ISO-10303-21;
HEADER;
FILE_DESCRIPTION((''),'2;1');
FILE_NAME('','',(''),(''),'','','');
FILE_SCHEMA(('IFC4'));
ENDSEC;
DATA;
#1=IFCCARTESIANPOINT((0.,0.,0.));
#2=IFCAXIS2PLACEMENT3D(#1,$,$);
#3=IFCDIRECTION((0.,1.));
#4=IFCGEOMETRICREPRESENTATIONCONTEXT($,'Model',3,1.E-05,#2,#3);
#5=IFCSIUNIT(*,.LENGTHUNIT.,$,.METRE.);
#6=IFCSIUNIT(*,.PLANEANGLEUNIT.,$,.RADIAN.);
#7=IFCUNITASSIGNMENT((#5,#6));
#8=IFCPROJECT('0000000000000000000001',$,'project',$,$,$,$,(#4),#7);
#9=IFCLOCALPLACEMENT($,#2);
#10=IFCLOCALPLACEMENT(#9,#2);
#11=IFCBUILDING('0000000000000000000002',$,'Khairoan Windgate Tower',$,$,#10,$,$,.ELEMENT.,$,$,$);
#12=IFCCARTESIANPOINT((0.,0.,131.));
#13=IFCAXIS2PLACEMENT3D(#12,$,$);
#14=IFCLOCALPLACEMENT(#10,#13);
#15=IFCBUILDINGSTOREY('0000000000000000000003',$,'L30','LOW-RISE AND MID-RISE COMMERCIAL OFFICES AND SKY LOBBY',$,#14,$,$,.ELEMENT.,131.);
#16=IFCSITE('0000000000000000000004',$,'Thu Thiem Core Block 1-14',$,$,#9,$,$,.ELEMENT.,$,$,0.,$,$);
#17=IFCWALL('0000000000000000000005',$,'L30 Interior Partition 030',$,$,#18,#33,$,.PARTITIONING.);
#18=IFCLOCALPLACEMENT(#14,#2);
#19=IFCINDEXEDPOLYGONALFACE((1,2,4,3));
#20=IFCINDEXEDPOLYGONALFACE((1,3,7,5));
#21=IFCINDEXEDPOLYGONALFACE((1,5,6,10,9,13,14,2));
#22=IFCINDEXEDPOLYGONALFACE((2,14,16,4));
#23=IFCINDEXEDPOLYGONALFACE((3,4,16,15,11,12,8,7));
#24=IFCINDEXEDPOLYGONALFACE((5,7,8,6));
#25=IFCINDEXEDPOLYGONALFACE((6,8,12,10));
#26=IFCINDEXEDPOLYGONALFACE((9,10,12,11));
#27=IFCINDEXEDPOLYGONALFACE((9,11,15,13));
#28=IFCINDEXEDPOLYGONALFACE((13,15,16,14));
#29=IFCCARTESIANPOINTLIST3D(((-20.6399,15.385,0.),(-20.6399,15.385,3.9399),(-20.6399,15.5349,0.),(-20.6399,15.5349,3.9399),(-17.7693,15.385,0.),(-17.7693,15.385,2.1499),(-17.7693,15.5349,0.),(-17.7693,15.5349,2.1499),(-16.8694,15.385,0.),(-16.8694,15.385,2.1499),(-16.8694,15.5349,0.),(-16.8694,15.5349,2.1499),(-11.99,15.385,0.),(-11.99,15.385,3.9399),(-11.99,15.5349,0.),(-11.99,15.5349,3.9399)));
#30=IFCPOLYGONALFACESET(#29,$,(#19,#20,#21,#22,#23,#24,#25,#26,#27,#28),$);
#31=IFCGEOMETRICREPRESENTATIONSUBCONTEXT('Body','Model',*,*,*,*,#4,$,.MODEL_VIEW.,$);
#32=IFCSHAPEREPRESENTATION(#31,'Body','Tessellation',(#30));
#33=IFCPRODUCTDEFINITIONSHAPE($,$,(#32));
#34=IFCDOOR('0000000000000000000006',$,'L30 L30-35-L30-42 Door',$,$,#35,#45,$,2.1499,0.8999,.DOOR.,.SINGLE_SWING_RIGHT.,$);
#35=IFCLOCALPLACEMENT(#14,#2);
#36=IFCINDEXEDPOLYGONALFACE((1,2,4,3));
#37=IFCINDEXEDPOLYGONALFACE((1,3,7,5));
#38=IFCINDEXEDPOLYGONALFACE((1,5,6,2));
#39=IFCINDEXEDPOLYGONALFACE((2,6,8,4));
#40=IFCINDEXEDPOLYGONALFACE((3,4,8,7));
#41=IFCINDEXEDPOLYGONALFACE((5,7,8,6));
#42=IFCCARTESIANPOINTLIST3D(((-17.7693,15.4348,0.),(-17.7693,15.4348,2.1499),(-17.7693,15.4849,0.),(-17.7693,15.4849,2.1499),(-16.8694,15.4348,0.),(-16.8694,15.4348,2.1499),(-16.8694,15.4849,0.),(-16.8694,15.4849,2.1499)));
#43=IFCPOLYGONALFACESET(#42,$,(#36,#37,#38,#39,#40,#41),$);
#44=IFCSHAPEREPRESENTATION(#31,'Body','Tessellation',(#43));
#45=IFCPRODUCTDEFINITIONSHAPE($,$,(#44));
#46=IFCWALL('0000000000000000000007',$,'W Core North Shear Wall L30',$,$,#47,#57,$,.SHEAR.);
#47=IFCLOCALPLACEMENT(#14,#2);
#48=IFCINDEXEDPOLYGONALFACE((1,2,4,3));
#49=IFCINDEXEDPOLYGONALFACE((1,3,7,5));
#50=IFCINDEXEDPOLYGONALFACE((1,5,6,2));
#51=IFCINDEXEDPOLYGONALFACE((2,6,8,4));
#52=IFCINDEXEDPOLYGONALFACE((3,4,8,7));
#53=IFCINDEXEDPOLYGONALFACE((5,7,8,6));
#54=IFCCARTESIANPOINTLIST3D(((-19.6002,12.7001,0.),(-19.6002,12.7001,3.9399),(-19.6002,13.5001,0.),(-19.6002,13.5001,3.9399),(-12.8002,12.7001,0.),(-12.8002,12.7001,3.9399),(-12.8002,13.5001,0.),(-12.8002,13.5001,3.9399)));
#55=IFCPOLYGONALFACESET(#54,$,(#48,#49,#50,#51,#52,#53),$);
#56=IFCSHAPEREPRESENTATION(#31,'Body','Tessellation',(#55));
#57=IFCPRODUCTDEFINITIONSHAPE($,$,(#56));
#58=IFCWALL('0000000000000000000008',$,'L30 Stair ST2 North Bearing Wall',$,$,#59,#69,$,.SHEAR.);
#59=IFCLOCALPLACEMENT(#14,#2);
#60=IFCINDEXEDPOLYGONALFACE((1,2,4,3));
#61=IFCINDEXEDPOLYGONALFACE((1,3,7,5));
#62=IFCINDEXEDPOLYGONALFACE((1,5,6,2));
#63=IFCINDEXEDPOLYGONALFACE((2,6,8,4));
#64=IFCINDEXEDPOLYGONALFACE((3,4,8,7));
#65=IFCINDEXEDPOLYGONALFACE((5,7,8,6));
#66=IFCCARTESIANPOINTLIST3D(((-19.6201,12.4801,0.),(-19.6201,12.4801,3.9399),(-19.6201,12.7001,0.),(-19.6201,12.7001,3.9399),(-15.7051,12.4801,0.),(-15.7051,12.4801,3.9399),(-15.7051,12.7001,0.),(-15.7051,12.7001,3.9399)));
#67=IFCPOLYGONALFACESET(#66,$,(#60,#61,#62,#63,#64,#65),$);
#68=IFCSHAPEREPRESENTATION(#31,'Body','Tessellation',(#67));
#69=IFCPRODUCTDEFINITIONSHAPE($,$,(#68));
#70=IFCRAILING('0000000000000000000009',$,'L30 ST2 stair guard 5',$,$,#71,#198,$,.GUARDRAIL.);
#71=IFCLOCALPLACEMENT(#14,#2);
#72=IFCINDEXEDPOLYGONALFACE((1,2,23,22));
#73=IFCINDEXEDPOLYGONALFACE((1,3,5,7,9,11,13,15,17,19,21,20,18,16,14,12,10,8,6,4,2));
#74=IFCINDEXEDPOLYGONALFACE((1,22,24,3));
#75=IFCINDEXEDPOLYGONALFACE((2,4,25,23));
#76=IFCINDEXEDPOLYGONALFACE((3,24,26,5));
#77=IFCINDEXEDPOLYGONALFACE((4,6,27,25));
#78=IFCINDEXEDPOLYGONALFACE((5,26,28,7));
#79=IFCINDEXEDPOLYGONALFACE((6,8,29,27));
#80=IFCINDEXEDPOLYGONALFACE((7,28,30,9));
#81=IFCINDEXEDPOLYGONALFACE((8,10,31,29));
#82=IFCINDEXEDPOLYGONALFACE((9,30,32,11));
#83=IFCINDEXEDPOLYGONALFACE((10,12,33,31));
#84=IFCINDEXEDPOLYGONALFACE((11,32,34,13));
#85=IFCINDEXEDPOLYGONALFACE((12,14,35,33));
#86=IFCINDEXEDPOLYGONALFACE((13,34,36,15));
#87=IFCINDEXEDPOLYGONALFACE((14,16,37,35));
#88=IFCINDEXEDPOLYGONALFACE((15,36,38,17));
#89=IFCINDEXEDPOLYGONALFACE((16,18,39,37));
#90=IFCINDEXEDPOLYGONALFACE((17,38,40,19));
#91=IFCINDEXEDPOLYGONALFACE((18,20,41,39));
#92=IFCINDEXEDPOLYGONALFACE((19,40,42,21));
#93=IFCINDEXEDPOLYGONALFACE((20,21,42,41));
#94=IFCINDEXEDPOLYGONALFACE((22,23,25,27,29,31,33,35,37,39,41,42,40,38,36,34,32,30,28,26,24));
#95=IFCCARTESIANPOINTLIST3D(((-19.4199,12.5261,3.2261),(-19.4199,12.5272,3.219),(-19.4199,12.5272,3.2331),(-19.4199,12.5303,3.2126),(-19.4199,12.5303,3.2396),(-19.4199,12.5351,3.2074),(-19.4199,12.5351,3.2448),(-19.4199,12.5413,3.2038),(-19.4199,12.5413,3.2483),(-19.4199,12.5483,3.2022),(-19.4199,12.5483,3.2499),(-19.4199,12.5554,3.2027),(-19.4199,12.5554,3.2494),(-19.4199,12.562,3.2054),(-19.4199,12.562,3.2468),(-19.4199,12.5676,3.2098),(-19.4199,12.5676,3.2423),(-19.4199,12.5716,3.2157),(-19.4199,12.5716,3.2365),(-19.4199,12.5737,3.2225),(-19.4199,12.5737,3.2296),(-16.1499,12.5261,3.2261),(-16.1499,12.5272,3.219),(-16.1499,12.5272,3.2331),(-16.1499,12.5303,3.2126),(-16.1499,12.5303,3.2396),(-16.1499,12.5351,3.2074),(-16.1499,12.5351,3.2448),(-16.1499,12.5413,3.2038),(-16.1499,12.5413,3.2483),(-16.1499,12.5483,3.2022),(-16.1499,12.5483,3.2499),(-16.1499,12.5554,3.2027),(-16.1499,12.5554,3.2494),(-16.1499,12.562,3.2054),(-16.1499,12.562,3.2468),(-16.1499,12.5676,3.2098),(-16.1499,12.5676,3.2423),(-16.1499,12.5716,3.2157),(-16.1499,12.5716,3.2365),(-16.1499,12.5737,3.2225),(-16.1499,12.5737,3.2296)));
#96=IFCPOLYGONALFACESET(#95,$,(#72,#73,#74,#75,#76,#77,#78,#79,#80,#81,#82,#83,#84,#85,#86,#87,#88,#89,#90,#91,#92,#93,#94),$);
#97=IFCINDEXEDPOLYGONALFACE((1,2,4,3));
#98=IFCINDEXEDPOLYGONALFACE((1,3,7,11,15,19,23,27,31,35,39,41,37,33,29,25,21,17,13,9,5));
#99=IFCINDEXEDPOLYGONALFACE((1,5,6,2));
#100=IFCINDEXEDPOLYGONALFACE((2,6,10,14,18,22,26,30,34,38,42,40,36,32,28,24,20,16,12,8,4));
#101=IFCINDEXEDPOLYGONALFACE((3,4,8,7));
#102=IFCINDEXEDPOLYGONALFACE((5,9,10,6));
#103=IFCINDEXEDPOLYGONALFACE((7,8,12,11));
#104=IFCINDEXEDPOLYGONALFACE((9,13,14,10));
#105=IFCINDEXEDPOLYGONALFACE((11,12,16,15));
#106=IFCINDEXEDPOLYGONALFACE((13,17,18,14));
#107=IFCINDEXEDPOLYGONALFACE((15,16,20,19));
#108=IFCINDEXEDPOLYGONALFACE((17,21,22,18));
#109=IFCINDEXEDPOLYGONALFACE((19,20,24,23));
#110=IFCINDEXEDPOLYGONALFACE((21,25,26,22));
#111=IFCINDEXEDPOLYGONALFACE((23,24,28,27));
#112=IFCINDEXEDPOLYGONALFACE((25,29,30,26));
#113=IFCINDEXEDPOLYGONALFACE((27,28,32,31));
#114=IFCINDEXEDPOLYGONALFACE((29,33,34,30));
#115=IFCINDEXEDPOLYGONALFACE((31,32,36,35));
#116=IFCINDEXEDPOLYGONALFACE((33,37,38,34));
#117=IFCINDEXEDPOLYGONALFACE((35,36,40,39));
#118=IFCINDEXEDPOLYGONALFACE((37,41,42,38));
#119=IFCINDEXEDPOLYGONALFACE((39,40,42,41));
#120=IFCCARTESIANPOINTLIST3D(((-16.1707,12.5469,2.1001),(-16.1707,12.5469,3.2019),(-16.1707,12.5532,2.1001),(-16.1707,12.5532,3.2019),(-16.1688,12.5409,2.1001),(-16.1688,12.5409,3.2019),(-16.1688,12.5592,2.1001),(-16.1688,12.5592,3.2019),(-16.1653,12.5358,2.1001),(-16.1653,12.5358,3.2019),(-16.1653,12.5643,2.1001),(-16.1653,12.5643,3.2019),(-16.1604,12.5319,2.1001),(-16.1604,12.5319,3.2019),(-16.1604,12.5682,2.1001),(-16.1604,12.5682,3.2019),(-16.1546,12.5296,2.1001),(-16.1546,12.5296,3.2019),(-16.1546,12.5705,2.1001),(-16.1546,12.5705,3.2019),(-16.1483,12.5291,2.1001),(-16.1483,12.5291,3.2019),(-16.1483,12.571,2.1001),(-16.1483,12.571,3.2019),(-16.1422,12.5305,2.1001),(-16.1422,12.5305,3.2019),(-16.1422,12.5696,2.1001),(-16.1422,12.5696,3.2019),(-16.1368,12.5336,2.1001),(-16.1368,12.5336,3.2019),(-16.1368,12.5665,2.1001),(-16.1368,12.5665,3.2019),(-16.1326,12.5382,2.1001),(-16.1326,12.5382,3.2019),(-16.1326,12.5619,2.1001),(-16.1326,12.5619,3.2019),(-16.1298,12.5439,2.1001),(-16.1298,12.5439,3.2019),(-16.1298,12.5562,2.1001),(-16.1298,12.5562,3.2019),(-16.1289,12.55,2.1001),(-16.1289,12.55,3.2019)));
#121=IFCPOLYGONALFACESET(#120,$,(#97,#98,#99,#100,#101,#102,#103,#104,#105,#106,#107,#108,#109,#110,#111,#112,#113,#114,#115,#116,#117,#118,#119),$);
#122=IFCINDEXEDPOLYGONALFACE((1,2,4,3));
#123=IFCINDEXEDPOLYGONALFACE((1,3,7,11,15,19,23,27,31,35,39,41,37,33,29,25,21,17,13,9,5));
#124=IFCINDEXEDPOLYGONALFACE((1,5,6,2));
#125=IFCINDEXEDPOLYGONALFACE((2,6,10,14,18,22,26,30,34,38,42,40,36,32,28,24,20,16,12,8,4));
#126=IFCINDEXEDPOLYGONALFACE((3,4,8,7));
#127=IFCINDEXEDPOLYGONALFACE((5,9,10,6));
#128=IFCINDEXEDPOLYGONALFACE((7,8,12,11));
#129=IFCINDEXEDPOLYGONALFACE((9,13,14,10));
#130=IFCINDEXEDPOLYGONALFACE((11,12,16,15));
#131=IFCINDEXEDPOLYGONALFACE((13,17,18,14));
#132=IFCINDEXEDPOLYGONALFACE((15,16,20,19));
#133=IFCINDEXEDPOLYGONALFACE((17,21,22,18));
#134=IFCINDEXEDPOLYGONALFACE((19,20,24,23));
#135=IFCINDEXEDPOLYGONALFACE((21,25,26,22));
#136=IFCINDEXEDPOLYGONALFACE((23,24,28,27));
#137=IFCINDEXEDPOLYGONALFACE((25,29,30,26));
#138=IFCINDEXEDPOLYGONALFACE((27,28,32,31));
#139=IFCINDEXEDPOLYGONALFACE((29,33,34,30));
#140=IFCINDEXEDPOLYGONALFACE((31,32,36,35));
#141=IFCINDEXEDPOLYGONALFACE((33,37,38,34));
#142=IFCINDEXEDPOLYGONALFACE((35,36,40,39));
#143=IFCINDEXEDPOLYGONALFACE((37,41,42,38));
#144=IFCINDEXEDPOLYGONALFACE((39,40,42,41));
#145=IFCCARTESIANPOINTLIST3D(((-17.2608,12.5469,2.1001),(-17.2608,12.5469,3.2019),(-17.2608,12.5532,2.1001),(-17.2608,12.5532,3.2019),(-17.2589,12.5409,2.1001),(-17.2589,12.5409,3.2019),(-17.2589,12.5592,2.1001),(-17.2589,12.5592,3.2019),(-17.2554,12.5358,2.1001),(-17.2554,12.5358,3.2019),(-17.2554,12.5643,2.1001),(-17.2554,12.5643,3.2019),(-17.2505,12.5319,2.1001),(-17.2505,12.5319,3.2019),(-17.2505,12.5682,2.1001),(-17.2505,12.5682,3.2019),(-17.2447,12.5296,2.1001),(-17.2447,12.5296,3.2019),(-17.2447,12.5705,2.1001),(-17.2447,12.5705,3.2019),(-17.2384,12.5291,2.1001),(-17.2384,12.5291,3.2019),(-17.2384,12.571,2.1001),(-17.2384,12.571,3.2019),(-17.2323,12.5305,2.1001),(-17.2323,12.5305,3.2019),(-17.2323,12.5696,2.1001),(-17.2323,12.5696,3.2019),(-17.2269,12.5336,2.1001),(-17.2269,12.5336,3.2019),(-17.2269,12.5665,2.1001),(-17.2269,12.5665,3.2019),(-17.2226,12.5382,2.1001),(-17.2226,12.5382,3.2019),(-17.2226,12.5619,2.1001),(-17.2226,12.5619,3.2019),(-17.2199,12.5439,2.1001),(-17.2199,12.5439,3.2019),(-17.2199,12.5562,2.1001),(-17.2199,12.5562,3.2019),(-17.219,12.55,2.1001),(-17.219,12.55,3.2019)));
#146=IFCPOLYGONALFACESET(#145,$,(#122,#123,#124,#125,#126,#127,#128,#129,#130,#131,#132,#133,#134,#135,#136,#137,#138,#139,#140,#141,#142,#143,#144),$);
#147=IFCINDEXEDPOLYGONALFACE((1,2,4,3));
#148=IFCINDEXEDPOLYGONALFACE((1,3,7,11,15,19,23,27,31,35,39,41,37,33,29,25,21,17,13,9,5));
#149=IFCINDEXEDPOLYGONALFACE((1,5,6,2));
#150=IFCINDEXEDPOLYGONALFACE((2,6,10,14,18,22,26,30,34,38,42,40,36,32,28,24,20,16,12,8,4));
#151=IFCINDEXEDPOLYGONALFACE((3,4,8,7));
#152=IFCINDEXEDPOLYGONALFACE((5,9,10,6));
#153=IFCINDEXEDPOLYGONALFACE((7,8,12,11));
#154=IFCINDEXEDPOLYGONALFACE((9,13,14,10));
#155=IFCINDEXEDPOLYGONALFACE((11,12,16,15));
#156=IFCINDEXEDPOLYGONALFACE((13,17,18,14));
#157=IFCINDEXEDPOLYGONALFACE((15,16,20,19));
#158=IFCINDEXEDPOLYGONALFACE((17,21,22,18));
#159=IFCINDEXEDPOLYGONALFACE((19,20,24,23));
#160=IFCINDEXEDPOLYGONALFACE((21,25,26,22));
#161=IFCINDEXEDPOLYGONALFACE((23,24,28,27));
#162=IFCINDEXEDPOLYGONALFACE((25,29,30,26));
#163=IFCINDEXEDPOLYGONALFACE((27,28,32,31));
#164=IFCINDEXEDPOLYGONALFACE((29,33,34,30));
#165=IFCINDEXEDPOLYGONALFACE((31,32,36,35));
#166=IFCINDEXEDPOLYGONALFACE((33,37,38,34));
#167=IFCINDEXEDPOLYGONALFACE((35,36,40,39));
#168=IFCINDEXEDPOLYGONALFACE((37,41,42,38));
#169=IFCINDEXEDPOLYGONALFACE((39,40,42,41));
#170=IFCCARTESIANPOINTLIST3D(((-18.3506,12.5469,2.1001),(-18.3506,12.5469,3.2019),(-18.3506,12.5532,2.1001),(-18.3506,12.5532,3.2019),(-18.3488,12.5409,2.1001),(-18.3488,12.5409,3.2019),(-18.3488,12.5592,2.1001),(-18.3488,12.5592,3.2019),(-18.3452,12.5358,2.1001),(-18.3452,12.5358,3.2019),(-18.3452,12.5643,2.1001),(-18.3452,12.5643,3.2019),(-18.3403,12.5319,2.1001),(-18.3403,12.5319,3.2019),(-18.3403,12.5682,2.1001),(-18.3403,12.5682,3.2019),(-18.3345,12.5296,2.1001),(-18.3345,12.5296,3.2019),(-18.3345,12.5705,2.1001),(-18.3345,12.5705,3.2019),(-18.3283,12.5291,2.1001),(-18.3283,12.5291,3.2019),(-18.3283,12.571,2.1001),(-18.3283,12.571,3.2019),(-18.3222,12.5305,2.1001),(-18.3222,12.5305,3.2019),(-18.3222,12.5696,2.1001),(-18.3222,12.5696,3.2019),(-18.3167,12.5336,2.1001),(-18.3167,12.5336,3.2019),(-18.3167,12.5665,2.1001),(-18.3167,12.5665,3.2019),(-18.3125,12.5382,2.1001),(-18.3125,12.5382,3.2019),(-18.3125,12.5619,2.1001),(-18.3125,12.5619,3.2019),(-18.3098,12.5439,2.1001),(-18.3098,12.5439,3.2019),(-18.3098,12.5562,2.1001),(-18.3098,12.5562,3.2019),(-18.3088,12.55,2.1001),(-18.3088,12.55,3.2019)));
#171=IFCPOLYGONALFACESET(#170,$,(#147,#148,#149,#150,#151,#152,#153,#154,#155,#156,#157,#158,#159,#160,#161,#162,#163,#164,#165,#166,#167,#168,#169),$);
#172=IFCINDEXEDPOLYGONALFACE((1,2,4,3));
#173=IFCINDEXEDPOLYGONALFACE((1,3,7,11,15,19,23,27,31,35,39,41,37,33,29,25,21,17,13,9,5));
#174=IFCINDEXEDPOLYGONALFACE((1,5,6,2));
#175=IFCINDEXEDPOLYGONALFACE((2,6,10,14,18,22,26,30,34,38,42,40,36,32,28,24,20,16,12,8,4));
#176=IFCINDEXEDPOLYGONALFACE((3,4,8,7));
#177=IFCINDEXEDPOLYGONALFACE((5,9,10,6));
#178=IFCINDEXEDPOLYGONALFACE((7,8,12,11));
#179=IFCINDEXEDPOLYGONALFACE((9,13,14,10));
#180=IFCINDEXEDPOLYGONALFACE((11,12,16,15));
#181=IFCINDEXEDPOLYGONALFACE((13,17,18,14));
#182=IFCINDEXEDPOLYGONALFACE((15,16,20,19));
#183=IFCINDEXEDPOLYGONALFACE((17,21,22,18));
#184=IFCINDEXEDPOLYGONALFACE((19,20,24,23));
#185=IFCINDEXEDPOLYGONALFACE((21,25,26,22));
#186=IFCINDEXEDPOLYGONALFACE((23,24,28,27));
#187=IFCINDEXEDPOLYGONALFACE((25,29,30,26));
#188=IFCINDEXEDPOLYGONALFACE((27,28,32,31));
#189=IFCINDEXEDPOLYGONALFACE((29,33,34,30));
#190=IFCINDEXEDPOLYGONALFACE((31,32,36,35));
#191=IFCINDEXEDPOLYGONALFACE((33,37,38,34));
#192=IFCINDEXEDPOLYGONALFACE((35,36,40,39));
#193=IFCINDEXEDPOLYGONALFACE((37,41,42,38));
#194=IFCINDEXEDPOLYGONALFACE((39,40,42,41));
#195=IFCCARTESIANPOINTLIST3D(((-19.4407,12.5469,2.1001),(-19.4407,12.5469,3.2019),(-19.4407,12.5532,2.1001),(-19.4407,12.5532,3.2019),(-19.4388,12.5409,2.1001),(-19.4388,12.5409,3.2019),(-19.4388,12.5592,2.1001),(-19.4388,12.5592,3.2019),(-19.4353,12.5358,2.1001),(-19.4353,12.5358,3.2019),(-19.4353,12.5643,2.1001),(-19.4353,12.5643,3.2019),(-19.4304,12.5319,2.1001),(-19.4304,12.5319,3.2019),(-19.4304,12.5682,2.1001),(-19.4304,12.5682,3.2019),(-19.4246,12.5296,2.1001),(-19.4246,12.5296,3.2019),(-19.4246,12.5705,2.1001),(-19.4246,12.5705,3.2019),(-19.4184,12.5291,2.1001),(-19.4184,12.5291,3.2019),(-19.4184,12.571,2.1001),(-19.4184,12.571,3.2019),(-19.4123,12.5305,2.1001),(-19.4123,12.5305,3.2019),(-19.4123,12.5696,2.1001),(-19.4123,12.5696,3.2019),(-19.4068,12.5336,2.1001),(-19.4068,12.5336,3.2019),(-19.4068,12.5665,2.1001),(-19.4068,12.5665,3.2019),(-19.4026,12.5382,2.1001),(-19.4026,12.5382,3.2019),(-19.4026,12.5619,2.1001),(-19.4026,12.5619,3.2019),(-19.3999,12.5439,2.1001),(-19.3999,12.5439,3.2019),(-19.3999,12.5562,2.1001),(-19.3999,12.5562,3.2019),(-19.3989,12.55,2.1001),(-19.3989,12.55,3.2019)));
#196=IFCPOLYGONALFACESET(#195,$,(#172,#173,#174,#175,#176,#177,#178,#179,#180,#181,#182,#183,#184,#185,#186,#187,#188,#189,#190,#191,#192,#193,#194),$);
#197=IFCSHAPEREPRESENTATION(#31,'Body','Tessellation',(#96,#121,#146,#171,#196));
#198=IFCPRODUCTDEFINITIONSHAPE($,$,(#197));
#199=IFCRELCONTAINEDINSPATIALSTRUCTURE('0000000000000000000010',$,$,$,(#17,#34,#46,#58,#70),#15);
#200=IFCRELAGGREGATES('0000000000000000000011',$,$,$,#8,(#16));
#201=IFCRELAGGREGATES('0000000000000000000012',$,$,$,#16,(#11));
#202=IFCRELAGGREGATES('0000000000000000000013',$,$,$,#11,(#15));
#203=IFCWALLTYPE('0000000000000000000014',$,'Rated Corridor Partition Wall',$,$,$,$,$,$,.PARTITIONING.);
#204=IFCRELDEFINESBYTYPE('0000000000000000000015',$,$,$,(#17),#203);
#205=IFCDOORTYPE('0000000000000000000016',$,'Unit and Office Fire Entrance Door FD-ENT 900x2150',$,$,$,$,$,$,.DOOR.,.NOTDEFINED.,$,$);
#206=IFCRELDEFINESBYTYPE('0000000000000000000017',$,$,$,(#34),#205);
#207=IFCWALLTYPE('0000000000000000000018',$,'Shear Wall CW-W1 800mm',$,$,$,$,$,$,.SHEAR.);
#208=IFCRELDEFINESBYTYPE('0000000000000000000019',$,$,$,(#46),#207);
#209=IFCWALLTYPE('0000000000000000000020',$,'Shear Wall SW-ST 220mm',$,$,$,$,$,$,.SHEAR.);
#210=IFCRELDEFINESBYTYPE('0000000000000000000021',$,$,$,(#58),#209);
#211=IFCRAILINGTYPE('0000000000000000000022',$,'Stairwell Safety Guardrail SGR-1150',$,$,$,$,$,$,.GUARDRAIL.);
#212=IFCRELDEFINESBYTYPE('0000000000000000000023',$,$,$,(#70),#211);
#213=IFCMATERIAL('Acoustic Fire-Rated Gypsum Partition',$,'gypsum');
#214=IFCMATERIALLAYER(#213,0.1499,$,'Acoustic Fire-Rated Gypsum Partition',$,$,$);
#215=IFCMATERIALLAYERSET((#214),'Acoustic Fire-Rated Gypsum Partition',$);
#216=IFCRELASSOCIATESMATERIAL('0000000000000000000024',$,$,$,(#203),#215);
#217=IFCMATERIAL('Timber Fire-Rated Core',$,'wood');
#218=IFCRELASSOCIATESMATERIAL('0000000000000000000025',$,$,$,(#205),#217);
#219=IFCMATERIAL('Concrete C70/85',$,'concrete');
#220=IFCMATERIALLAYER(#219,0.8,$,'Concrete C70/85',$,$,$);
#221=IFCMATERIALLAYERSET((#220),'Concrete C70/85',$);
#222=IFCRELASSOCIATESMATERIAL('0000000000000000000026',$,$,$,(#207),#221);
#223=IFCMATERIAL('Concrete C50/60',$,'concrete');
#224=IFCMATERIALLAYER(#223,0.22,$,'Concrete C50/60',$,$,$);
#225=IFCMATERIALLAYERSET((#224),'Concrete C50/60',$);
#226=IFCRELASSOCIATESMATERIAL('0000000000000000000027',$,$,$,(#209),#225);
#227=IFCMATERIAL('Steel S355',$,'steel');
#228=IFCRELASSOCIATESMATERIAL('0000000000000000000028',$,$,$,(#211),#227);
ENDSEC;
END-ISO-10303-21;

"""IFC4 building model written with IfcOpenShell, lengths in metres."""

from ifc_helpers import new_model, si_unit, direction, frame, frame_2d, origin, origin_2d, place, context, subcontext, project, spatial, rectangle, circle, extrude, material, layer, layer_set, type_object, element, fill, save


model = new_model("IFC4")

# Units and contexts
model_context = context("Model", 3, precision=1e-05, world=origin(), true_north=direction((0.0, 1.0)))
body_context = subcontext(model_context, "Body", "Model", "MODEL_VIEW")
ifc_project = project(units=[si_unit("LENGTHUNIT", "METRE"), si_unit("PLANEANGLEUNIT", "RADIAN")], contexts=[model_context])

# Site, building, storey
site_placement = place(None, origin())
site = spatial("IfcSite", under=ifc_project, at=site_placement, Name="Thu Thiem Core Block 1-14", CompositionType="ELEMENT", RefElevation=0.0)
building_placement = place(site_placement, origin())
building = spatial("IfcBuilding", under=site, at=building_placement, Name="Khairoan Windgate Tower", CompositionType="ELEMENT")
storey_placement = place(building_placement, frame((0.0, 0.0, 131.0)))
storey = spatial("IfcBuildingStorey", under=building, at=storey_placement, Name="L30", Description="LOW-RISE AND MID-RISE COMMERCIAL OFFICES AND SKY LOBBY", CompositionType="ELEMENT", Elevation=131.0)

# Wall, opening, door
ifc_material_1 = material(Name="Acoustic Fire-Rated Gypsum Partition", Category="gypsum")
ifc_layer_1 = layer(ifc_material_1, 0.1499, Name="Acoustic Fire-Rated Gypsum Partition")
ifc_layer_set_1 = layer_set([ifc_layer_1], Name="Acoustic Fire-Rated Gypsum Partition")
wall_type_1 = type_object("IfcWallType", Name="Rated Corridor Partition Wall", PredefinedType="PARTITIONING", material=ifc_layer_set_1)
ifc_material_2 = material(Name="Timber Fire-Rated Core", Category="wood")
door_type = type_object("IfcDoorType", Name="Unit and Office Fire Entrance Door FD-ENT 900x2150", OperationType="NOTDEFINED", PredefinedType="DOOR", material=ifc_material_2)
wall_1_placement = place(storey_placement, frame((-20.6399, 15.46, 0.0), z_axis=(0.0, 0.0, 1.0), x_axis=(1.0, 0.0, 0.0)))
wall_1 = element("IfcWall", 1, at=wall_1_placement, inside=storey, type_object=wall_type_1, Name="L30 Interior Partition 030", PredefinedType="PARTITIONING", context=body_context, shape_type="SweptSolid", body=[
    extrude(rectangle(XDim=8.6499, YDim=0.1499, at=frame_2d((4.325, 0.0))), origin(), (0.0, 0.0, 1.0), 3.9399),
])
opening_1_placement = place(wall_1_placement, frame((2.8706, 0.0, 0.0)))
opening_1 = element("IfcOpeningElement", 2, at=opening_1_placement, cuts=wall_1, PredefinedType="OPENING", context=body_context, shape_type="SweptSolid", body=[
    extrude(rectangle(XDim=0.8999, YDim=2.1499, at=frame_2d((0.45, 1.075))), frame((0.0, 0.085, 0.0), z_axis=(0.0, -1.0, 0.0), x_axis=(1.0, 0.0, 0.0)), (0.0, 0.0, 1.0), 0.1699),
])
door_1_placement = place(opening_1_placement, origin())
door_1 = element("IfcDoor", 3, at=door_1_placement, inside=storey, type_object=door_type, Name="L30 L30-35-L30-42 Door", OperationType="SINGLE_SWING_RIGHT", OverallHeight=2.1499, OverallWidth=0.8999, PredefinedType="DOOR", context=body_context, shape_type="SweptSolid", body=[
    extrude(rectangle(XDim=0.8999, YDim=2.1499, at=frame_2d((0.45, 1.075))), frame((0.0, 0.0249, 0.0), z_axis=(0.0, -1.0, 0.0), x_axis=(1.0, 0.0, 0.0)), (0.0, 0.0, 1.0), 0.05),
])
fill(opening_1, door_1)

# Walls
ifc_material_3 = material(Name="Concrete C70/85", Category="concrete")
ifc_layer_2 = layer(ifc_material_3, 0.8, Name="Concrete C70/85")
ifc_layer_set_2 = layer_set([ifc_layer_2], Name="Concrete C70/85")
wall_type_2 = type_object("IfcWallType", Name="Shear Wall CW-W1 800mm", PredefinedType="SHEAR", material=ifc_layer_set_2)
wall_2_placement = place(storey_placement, frame((-19.6001, 13.1001, 0.0), z_axis=(0.0, 0.0, 1.0), x_axis=(1.0, 0.0, 0.0)))
element("IfcWall", 4, at=wall_2_placement, inside=storey, type_object=wall_type_2, Name="W Core North Shear Wall L30", PredefinedType="SHEAR", context=body_context, shape_type="SweptSolid", body=[
    extrude(rectangle(XDim=6.8, YDim=0.8, at=frame_2d((3.3999, 0.0))), origin(), (0.0, 0.0, 1.0), 3.9399),
])
ifc_material_4 = material(Name="Concrete C50/60", Category="concrete")
ifc_layer_3 = layer(ifc_material_4, 0.22, Name="Concrete C50/60")
ifc_layer_set_3 = layer_set([ifc_layer_3], Name="Concrete C50/60")
wall_type_3 = type_object("IfcWallType", Name="Shear Wall SW-ST 220mm", PredefinedType="SHEAR", material=ifc_layer_set_3)
wall_3_placement = place(storey_placement, frame((-19.6201, 12.5901, 0.0), z_axis=(0.0, 0.0, 1.0), x_axis=(1.0, 0.0, 0.0)))
element("IfcWall", 5, at=wall_3_placement, inside=storey, type_object=wall_type_3, Name="L30 Stair ST2 North Bearing Wall", PredefinedType="SHEAR", context=body_context, shape_type="SweptSolid", body=[
    extrude(rectangle(XDim=3.915, YDim=0.22, at=frame_2d((1.9575, 0.0))), origin(), (0.0, 0.0, 1.0), 3.9399),
])

# Railing
ifc_material_5 = material(Name="Steel S355", Category="steel")
railing_type = type_object("IfcRailingType", Name="Stairwell Safety Guardrail SGR-1150", PredefinedType="GUARDRAIL", material=ifc_material_5)
railing_placement = place(storey_placement, frame((-16.1499, 12.55, 2.1001)))
element("IfcRailing", 6, at=railing_placement, inside=storey, type_object=railing_type, Name="L30 ST2 stair guard 5", PredefinedType="GUARDRAIL", context=body_context, shape_type="SweptSolid", body=[
    extrude(circle(Radius=0.0239, at=origin_2d()), frame((0.0, 0.0, 1.126), z_axis=(-1.0, 0.0, 0.0), x_axis=(0.0, -1.0, 0.0)), (0.0, 0.0, 1.0), 3.27),
    extrude(circle(Radius=0.021, at=origin_2d()), origin(), (0.0, 0.0, 1.0), 1.1018),
    extrude(circle(Radius=0.021, at=origin_2d()), frame((-1.0901, 0.0, 0.0)), (0.0, 0.0, 1.0), 1.1018),
    extrude(circle(Radius=0.021, at=origin_2d()), frame((-2.1799, 0.0, 0.0)), (0.0, 0.0, 1.0), 1.1018),
    extrude(circle(Radius=0.021, at=origin_2d()), frame((-3.27, 0.0, 0.0)), (0.0, 0.0, 1.0), 1.1018),
])

save(model, "model.ifc")
